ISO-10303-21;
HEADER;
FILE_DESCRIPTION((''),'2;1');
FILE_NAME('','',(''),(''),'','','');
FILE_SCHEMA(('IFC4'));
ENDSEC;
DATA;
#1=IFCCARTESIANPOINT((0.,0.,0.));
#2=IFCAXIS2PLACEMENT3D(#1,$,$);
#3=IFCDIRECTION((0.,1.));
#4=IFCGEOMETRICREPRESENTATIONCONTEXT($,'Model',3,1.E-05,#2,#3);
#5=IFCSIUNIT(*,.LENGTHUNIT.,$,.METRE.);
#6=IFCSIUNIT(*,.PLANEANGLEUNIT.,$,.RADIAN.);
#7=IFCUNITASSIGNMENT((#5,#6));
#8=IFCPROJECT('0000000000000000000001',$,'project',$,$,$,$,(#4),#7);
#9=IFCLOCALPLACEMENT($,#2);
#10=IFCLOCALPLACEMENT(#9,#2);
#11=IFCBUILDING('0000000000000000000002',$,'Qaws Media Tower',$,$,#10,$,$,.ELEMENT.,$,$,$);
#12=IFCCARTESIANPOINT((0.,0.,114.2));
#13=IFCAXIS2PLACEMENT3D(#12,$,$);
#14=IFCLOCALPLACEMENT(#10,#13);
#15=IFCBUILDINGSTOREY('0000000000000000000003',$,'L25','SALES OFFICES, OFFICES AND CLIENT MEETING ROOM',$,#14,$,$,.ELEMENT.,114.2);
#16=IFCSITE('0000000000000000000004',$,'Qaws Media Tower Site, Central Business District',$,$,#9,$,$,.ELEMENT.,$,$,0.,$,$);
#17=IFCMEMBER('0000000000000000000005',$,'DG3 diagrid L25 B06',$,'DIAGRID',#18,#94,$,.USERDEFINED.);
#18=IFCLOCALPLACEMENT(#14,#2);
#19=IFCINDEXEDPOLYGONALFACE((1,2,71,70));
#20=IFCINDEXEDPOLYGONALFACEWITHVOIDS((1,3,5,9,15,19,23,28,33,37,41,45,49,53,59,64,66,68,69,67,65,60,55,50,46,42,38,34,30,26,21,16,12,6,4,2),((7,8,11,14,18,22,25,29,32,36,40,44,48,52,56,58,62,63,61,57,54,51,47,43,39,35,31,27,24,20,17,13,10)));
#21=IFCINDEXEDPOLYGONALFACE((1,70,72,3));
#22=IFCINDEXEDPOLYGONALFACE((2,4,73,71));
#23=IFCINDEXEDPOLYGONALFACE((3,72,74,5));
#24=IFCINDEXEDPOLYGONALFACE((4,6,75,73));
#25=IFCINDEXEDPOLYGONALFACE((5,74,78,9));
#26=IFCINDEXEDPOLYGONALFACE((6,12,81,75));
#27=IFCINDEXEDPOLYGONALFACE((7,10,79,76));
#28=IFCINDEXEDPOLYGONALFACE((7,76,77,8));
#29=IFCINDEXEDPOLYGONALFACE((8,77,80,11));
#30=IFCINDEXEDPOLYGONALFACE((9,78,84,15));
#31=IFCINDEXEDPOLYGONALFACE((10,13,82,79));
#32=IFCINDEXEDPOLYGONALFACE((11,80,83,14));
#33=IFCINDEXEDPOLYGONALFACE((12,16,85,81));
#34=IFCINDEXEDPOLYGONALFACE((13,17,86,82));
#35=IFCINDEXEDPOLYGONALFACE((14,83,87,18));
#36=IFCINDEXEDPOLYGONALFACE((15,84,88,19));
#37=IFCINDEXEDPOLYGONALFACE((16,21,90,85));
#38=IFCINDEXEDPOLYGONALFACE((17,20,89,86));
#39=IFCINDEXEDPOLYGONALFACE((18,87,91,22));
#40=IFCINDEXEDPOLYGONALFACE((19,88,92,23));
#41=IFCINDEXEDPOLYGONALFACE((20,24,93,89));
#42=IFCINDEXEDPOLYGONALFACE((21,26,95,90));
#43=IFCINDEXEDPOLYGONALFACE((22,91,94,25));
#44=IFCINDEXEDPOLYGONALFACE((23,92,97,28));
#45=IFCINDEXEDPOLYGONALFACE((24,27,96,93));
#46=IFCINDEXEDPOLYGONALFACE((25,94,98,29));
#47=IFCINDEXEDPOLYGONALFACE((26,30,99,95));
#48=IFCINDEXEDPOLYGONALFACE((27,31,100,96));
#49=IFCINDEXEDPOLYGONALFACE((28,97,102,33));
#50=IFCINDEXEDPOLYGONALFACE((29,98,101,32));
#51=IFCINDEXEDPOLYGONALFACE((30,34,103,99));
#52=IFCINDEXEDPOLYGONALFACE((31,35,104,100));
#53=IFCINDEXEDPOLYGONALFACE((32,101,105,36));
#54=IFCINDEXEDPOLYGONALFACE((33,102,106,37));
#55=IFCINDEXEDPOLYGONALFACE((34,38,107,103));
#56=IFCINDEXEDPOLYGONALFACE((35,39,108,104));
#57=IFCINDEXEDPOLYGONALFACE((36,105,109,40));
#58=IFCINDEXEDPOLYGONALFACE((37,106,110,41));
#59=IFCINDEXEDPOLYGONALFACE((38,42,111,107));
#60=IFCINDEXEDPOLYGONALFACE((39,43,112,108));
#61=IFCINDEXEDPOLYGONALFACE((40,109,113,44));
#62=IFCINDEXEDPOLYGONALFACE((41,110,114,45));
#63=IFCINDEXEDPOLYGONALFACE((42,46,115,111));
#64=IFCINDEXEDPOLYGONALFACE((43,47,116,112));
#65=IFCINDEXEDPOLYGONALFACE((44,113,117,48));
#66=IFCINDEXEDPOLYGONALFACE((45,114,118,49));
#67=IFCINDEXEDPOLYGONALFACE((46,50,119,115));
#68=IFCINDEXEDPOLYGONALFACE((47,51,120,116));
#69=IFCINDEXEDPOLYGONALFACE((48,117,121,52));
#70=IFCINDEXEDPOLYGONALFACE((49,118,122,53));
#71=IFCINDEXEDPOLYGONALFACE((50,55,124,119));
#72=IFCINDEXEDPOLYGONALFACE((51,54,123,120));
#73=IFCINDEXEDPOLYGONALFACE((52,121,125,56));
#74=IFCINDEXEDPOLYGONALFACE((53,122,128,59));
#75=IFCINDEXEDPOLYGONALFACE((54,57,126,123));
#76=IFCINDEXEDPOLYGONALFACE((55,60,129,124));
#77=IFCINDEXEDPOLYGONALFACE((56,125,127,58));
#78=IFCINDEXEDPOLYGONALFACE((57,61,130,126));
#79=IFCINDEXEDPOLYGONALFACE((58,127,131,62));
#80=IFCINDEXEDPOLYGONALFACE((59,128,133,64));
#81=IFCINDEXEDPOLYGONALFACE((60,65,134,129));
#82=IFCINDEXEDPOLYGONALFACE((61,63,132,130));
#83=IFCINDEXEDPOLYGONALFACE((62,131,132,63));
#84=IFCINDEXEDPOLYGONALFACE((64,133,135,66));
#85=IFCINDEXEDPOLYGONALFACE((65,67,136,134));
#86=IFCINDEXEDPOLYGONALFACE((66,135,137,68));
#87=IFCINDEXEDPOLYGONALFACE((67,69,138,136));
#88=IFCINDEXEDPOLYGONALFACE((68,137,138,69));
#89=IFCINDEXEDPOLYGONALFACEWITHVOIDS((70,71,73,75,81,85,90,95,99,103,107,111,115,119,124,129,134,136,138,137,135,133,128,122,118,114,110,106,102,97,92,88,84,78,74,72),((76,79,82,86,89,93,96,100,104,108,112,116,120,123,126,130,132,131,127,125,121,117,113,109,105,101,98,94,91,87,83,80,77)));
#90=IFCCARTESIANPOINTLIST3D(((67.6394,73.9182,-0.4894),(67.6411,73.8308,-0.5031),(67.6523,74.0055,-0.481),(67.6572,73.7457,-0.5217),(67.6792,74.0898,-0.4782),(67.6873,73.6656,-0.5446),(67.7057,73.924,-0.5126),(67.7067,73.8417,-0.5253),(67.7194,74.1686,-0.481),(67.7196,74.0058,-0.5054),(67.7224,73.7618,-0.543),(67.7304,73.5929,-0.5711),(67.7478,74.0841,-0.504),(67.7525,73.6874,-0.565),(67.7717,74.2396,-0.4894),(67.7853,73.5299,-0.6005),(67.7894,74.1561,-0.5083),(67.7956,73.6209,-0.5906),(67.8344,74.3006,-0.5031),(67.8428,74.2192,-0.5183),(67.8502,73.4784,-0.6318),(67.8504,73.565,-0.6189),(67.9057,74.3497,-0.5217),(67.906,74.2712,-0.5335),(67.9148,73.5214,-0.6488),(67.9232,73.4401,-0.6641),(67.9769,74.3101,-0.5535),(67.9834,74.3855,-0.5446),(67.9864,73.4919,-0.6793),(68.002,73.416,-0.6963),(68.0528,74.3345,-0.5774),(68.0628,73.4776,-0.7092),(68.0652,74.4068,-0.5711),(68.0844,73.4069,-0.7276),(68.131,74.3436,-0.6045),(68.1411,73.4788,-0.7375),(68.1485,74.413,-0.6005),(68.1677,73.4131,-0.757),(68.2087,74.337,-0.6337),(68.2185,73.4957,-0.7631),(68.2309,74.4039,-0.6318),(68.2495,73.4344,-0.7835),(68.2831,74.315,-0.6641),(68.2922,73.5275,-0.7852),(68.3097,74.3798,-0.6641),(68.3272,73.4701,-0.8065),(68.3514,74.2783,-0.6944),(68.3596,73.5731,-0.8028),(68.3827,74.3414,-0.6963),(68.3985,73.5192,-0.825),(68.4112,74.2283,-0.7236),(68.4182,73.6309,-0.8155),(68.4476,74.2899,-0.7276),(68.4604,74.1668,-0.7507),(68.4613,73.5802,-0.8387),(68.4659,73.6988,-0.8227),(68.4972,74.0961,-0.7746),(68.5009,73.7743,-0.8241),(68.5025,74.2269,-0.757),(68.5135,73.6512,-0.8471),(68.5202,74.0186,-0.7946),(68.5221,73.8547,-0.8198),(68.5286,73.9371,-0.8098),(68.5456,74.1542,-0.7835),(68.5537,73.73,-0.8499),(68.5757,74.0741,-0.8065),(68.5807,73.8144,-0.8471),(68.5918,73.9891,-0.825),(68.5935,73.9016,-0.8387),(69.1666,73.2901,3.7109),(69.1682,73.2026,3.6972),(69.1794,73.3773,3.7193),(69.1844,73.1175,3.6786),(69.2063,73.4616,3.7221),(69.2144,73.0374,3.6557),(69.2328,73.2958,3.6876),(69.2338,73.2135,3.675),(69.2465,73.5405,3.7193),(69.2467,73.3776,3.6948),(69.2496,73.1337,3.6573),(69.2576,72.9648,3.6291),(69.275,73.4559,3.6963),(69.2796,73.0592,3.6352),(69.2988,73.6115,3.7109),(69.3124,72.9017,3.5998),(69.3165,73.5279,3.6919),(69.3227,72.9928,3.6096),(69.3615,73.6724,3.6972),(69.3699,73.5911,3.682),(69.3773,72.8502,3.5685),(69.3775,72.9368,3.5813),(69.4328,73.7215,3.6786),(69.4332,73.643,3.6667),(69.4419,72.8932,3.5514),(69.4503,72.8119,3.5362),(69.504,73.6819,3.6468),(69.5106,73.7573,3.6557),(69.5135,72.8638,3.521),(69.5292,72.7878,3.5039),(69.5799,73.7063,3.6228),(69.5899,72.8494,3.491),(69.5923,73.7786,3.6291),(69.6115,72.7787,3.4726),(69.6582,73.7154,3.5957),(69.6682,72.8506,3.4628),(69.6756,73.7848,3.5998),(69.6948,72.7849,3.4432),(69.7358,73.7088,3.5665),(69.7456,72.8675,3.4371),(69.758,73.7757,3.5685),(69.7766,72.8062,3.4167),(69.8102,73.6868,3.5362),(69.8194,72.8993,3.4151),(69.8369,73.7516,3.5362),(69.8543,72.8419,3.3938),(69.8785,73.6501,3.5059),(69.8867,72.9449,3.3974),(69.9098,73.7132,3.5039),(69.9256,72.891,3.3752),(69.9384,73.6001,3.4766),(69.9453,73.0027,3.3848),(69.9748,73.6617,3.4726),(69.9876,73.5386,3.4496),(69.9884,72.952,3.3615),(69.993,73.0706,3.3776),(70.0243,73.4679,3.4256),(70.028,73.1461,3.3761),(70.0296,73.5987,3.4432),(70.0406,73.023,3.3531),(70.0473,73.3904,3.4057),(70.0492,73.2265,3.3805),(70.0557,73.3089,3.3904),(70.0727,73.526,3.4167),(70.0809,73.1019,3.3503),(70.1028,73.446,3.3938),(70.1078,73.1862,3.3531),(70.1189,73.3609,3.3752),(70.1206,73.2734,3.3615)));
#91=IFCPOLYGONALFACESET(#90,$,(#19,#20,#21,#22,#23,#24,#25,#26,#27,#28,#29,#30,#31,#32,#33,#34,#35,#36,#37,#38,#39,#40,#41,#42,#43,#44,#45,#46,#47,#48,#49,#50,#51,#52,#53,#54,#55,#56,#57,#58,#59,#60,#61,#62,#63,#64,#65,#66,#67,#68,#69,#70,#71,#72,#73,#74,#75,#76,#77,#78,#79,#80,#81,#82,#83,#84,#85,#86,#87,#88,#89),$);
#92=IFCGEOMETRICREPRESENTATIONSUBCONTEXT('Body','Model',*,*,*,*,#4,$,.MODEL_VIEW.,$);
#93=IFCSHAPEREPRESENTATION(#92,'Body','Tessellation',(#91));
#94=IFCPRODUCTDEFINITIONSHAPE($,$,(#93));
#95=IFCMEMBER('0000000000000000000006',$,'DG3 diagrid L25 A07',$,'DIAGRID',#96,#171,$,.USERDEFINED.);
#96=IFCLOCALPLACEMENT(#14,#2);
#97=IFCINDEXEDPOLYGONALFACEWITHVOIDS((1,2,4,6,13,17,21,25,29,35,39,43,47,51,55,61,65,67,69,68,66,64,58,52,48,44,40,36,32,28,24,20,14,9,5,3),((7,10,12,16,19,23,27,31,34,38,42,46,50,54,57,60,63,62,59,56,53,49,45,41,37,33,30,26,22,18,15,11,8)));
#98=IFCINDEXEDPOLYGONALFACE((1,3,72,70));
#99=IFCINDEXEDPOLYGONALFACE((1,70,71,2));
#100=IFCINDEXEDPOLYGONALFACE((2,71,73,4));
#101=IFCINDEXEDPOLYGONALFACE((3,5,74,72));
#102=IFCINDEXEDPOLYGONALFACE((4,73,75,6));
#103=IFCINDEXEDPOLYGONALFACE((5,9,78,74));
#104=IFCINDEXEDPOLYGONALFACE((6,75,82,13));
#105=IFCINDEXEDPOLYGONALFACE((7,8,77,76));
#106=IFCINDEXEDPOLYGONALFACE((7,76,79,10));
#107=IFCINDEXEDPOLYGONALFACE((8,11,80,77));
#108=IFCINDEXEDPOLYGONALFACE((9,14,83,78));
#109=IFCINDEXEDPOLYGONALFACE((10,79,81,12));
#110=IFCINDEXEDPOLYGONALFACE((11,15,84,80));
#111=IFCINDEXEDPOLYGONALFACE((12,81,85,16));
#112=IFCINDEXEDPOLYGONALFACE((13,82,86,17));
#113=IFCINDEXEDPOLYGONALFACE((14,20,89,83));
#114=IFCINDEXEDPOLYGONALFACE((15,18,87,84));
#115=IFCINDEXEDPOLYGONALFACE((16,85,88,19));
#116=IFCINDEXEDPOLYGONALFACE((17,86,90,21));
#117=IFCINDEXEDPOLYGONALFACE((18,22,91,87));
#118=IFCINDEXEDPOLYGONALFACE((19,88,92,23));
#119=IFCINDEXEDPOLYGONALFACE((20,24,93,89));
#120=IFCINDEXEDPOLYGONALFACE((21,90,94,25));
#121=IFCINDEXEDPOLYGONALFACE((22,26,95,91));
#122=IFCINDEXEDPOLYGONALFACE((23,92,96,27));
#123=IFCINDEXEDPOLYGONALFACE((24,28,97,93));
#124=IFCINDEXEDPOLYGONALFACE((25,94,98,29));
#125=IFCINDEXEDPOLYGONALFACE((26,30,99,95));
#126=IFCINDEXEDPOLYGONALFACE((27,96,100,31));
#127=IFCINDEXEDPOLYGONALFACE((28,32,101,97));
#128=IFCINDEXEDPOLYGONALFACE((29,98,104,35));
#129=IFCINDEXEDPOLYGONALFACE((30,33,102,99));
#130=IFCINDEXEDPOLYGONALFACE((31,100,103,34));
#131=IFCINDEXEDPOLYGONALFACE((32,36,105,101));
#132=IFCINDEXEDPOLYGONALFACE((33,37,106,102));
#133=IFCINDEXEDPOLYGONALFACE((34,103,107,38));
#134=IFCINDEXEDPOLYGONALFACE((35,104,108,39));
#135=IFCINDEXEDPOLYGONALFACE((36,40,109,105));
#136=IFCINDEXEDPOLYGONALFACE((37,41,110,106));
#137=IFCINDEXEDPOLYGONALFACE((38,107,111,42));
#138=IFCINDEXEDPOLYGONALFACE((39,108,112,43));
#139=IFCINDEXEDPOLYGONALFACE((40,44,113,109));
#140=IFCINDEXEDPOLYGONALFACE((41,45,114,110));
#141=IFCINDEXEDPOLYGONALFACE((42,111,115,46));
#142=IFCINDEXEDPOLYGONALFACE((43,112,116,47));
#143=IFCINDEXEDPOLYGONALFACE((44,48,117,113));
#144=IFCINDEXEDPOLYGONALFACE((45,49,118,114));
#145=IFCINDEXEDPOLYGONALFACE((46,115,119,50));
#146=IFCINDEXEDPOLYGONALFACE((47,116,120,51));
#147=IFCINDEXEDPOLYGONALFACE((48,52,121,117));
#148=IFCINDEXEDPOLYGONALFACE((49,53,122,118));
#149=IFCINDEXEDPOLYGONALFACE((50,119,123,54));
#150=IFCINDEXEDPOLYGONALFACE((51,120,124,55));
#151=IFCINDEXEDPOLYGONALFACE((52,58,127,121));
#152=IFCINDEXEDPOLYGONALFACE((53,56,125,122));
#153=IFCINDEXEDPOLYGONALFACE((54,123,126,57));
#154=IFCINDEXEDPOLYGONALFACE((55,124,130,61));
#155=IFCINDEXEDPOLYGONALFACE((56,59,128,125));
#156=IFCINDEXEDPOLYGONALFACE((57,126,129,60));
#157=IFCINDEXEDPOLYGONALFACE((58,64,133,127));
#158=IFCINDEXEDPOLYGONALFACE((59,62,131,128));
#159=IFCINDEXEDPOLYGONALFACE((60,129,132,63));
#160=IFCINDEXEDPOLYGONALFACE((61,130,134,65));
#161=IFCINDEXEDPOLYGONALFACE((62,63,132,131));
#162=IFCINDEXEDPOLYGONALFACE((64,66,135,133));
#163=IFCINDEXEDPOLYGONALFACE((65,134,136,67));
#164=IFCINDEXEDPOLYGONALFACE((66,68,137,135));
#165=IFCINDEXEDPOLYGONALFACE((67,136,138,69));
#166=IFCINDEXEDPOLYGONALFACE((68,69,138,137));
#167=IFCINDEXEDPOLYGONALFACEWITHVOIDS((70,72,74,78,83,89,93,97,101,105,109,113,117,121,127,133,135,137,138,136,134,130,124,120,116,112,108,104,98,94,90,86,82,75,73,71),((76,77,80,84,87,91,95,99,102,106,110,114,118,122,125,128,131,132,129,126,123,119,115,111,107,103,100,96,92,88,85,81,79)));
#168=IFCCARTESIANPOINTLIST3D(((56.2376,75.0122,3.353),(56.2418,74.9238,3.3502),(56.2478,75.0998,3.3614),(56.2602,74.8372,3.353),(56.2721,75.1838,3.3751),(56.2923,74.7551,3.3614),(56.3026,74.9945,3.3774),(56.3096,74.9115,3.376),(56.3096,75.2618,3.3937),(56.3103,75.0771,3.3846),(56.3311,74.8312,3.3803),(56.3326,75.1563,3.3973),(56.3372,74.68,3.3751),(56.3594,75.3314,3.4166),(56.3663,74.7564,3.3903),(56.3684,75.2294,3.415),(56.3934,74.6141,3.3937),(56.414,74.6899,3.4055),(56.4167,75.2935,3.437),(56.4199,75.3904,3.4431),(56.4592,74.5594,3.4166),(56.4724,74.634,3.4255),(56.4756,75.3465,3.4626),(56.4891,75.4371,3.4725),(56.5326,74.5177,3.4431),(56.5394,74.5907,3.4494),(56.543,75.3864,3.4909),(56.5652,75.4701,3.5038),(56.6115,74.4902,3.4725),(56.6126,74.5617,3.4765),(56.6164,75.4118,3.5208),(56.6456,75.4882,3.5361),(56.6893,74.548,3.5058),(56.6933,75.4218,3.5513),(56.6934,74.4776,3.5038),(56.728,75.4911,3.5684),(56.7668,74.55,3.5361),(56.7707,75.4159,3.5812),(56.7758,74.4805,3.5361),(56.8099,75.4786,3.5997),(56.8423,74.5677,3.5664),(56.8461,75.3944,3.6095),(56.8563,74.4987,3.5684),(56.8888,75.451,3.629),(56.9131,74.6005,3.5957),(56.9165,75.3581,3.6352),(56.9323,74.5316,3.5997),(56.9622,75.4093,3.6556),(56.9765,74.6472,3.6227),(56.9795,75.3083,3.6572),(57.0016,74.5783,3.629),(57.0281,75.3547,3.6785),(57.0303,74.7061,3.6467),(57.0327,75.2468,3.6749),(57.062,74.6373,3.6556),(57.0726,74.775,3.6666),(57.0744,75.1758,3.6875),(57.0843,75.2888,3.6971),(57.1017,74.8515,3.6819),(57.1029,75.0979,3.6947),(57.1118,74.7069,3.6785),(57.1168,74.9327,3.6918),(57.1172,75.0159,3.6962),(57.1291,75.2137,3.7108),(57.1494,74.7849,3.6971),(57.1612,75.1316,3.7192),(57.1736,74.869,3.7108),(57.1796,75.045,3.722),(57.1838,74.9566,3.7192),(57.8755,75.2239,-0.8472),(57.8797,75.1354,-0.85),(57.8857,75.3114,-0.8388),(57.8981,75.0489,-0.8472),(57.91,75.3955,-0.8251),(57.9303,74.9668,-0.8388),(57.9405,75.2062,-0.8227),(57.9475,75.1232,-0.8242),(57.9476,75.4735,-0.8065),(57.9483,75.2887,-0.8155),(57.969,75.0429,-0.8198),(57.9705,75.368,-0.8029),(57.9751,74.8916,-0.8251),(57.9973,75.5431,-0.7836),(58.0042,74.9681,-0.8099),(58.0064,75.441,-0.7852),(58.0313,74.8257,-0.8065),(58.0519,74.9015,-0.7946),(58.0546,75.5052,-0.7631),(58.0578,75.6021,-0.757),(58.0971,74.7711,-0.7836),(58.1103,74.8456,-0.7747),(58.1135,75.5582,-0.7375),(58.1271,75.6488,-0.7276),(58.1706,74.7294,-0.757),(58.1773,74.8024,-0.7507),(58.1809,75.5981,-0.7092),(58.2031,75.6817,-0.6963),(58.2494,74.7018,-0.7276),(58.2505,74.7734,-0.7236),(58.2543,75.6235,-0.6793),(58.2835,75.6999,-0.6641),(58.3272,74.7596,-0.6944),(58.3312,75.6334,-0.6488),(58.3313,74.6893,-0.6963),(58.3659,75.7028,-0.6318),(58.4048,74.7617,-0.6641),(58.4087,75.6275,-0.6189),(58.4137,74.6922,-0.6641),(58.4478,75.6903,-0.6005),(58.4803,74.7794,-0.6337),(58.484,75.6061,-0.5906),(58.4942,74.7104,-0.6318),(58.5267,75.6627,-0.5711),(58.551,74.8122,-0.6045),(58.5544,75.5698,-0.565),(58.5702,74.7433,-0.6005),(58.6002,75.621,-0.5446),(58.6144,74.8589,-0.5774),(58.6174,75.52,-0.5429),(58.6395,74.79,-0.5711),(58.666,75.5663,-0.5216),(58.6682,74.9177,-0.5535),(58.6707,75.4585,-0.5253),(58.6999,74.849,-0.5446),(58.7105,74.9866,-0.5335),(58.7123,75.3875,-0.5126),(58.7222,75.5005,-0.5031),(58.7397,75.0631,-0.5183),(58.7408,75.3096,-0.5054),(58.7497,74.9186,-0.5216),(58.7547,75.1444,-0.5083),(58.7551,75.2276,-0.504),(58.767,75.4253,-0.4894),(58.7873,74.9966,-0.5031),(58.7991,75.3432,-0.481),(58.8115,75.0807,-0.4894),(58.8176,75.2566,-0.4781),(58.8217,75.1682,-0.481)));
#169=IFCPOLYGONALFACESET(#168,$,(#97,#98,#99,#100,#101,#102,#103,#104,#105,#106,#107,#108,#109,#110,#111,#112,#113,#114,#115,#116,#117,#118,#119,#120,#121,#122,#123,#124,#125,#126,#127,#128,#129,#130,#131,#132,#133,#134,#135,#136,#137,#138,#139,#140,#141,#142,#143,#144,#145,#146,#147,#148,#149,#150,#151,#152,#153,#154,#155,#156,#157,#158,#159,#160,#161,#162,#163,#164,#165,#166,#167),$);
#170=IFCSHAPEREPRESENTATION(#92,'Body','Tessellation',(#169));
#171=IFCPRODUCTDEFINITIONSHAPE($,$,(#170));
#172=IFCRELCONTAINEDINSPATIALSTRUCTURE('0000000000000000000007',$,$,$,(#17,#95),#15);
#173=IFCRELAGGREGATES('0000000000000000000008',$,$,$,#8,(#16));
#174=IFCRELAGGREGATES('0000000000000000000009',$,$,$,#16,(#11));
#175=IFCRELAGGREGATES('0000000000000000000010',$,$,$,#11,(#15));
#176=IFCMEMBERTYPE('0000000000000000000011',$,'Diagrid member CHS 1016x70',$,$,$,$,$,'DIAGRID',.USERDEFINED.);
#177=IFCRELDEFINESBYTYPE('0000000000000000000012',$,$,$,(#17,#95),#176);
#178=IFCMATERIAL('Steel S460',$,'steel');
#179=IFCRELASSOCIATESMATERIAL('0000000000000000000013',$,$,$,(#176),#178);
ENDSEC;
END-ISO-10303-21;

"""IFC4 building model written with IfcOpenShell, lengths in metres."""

from ifc_helpers import new_model, si_unit, direction, frame, origin, origin_2d, place, context, subcontext, project, spatial, hollow_circle, extrude, material, material_profile, profile_set, type_object, element, save


model = new_model("IFC4")

# Units and contexts
model_context = context("Model", 3, precision=1e-05, world=origin(), true_north=direction((0.0, 1.0)))
body_context = subcontext(model_context, "Body", "Model", "MODEL_VIEW")
ifc_project = project(units=[si_unit("LENGTHUNIT", "METRE"), si_unit("PLANEANGLEUNIT", "RADIAN")], contexts=[model_context])

# Site, building, storey
site_placement = place(None, origin())
site = spatial("IfcSite", under=ifc_project, at=site_placement, Name="Qaws Media Tower Site, Central Business District", CompositionType="ELEMENT", RefElevation=0.0)
building_placement = place(site_placement, origin())
building = spatial("IfcBuilding", under=site, at=building_placement, Name="Qaws Media Tower", CompositionType="ELEMENT")
storey_placement = place(building_placement, frame((0.0, 0.0, 114.2)))
storey = spatial("IfcBuildingStorey", under=building, at=storey_placement, Name="L25", Description="SALES OFFICES, OFFICES AND CLIENT MEETING ROOM", CompositionType="ELEMENT", Elevation=114.2)

# Members
ifc_material_1 = material(Name="Steel S460", Category="steel")
ifc_material_profile_1 = material_profile(ifc_material_1, hollow_circle(Radius=0.5081, WallThickness=0.0701, at=origin_2d()), Name="CHS 1016x70")
ifc_profile_set_1 = profile_set([ifc_material_profile_1], Name="Steel S460")
member_type_1 = type_object("IfcMemberType", Name="Diagrid member CHS 1016x70", ElementType="DIAGRID", PredefinedType="USERDEFINED", material=ifc_profile_set_1)
for number, where, z_axis, x_axis, name in (
    (1, (68.1165, 73.9099, -0.6641), (0.338369, -0.139188, 0.930663), (0.380423, 0.924813, 0.0), "DG3 diagrid L25 B06"),
    (2, (58.3486, 75.196, -0.6641), (-0.362919, -0.0469, 0.93064), (0.128164, -0.991753, 0.0), "DG3 diagrid L25 A07"),
):
    element("IfcMember", number, at=place(storey_placement, frame(where, z_axis=z_axis, x_axis=x_axis)), inside=storey, type_object=member_type_1, Name=name, ObjectType="DIAGRID", PredefinedType="USERDEFINED", context=body_context, shape_type="SweptSolid", body=[
        extrude(hollow_circle(Radius=0.5081, WallThickness=0.0701, at=origin_2d()), origin(), (0.0, 0.0, 1.0), 4.5132),
    ])

save(model, "model.ifc")
